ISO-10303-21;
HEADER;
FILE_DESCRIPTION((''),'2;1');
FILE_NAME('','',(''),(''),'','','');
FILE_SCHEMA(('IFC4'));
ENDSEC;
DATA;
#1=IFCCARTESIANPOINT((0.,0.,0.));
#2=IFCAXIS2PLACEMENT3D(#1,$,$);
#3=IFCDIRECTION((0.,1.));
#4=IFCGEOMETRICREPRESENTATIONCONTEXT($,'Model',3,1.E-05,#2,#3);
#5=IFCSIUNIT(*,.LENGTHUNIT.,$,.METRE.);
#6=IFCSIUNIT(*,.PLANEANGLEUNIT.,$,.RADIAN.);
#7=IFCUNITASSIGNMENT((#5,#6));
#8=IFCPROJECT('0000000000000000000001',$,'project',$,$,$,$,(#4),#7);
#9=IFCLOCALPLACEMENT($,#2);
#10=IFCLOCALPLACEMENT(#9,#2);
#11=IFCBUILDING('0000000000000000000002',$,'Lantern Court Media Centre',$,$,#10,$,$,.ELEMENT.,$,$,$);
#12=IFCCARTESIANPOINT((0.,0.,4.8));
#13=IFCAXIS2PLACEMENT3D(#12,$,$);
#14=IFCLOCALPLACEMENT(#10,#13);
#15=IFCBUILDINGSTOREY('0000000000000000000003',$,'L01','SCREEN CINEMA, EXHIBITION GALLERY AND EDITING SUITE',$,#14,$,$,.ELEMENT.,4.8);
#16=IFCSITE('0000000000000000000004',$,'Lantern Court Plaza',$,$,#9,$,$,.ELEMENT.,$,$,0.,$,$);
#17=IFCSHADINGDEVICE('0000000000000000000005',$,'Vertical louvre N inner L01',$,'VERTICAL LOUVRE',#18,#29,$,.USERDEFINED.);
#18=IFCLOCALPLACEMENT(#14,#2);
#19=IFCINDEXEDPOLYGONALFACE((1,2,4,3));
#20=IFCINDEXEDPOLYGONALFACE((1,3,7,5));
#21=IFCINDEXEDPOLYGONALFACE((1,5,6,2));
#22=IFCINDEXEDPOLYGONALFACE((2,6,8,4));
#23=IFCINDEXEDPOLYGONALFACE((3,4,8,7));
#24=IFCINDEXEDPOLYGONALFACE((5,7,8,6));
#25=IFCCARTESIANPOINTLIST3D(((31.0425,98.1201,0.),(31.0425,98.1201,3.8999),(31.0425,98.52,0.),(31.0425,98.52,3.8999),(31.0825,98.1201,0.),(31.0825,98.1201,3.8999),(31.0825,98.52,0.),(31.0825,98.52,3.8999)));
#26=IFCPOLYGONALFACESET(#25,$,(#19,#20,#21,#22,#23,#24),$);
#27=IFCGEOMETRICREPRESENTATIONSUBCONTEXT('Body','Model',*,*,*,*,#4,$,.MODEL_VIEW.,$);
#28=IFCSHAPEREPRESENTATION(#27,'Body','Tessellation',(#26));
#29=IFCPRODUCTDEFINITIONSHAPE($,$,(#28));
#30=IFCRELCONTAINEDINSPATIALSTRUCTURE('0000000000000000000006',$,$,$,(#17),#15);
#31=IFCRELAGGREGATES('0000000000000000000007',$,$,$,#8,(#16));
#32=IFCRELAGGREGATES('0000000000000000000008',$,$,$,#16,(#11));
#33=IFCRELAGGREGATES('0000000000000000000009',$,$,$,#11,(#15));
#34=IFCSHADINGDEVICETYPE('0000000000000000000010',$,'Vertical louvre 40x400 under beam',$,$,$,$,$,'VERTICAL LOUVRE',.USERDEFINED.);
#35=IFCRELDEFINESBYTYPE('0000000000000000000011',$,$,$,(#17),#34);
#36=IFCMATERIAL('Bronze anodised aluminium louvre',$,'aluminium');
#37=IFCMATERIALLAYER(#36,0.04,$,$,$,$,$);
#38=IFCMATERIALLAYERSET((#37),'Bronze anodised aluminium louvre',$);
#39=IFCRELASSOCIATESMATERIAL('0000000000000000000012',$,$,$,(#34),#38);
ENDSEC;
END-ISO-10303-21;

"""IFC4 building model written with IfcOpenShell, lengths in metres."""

from ifc_helpers import new_model, si_unit, direction, frame, origin, origin_2d, place, context, subcontext, project, spatial, rectangle, extrude, material, layer, layer_set, type_object, element, save


model = new_model("IFC4")

# Units and contexts
model_context = context("Model", 3, precision=1e-05, world=origin(), true_north=direction((0.0, 1.0)))
body_context = subcontext(model_context, "Body", "Model", "MODEL_VIEW")
ifc_project = project(units=[si_unit("LENGTHUNIT", "METRE"), si_unit("PLANEANGLEUNIT", "RADIAN")], contexts=[model_context])

# Site, building, storey
site_placement = place(None, origin())
site = spatial("IfcSite", under=ifc_project, at=site_placement, Name="Lantern Court Plaza", CompositionType="ELEMENT", RefElevation=0.0)
building_placement = place(site_placement, origin())
building = spatial("IfcBuilding", under=site, at=building_placement, Name="Lantern Court Media Centre", CompositionType="ELEMENT")
storey_placement = place(building_placement, frame((0.0, 0.0, 4.8)))
storey = spatial("IfcBuildingStorey", under=building, at=storey_placement, Name="L01", Description="SCREEN CINEMA, EXHIBITION GALLERY AND EDITING SUITE", CompositionType="ELEMENT", Elevation=4.8)

# Shading device
ifc_material_1 = material(Name="Bronze anodised aluminium louvre", Category="aluminium")
ifc_layer_1 = layer(ifc_material_1, 0.04)
ifc_layer_set_1 = layer_set([ifc_layer_1], Name="Bronze anodised aluminium louvre")
shading_device_type = type_object("IfcShadingDeviceType", Name="Vertical louvre 40x400 under beam", ElementType="VERTICAL LOUVRE", PredefinedType="USERDEFINED", material=ifc_layer_set_1)
for number, where, z_axis, x_axis, name in (
    (1, (31.0625, 98.3201, 0.0), (0.0, 0.0, 1.0), (1.0, 0.0, 0.0), "Vertical louvre N inner L01"),
):
    element("IfcShadingDevice", number, at=place(storey_placement, frame(where, z_axis=z_axis, x_axis=x_axis)), inside=storey, type_object=shading_device_type, Name=name, ObjectType="VERTICAL LOUVRE", PredefinedType="USERDEFINED", context=body_context, shape_type="SweptSolid", body=[
        extrude(rectangle(XDim=0.04, YDim=0.3999, at=origin_2d()), origin(), (0.0, 0.0, 1.0), 3.8999),
    ])

save(model, "model.ifc")
